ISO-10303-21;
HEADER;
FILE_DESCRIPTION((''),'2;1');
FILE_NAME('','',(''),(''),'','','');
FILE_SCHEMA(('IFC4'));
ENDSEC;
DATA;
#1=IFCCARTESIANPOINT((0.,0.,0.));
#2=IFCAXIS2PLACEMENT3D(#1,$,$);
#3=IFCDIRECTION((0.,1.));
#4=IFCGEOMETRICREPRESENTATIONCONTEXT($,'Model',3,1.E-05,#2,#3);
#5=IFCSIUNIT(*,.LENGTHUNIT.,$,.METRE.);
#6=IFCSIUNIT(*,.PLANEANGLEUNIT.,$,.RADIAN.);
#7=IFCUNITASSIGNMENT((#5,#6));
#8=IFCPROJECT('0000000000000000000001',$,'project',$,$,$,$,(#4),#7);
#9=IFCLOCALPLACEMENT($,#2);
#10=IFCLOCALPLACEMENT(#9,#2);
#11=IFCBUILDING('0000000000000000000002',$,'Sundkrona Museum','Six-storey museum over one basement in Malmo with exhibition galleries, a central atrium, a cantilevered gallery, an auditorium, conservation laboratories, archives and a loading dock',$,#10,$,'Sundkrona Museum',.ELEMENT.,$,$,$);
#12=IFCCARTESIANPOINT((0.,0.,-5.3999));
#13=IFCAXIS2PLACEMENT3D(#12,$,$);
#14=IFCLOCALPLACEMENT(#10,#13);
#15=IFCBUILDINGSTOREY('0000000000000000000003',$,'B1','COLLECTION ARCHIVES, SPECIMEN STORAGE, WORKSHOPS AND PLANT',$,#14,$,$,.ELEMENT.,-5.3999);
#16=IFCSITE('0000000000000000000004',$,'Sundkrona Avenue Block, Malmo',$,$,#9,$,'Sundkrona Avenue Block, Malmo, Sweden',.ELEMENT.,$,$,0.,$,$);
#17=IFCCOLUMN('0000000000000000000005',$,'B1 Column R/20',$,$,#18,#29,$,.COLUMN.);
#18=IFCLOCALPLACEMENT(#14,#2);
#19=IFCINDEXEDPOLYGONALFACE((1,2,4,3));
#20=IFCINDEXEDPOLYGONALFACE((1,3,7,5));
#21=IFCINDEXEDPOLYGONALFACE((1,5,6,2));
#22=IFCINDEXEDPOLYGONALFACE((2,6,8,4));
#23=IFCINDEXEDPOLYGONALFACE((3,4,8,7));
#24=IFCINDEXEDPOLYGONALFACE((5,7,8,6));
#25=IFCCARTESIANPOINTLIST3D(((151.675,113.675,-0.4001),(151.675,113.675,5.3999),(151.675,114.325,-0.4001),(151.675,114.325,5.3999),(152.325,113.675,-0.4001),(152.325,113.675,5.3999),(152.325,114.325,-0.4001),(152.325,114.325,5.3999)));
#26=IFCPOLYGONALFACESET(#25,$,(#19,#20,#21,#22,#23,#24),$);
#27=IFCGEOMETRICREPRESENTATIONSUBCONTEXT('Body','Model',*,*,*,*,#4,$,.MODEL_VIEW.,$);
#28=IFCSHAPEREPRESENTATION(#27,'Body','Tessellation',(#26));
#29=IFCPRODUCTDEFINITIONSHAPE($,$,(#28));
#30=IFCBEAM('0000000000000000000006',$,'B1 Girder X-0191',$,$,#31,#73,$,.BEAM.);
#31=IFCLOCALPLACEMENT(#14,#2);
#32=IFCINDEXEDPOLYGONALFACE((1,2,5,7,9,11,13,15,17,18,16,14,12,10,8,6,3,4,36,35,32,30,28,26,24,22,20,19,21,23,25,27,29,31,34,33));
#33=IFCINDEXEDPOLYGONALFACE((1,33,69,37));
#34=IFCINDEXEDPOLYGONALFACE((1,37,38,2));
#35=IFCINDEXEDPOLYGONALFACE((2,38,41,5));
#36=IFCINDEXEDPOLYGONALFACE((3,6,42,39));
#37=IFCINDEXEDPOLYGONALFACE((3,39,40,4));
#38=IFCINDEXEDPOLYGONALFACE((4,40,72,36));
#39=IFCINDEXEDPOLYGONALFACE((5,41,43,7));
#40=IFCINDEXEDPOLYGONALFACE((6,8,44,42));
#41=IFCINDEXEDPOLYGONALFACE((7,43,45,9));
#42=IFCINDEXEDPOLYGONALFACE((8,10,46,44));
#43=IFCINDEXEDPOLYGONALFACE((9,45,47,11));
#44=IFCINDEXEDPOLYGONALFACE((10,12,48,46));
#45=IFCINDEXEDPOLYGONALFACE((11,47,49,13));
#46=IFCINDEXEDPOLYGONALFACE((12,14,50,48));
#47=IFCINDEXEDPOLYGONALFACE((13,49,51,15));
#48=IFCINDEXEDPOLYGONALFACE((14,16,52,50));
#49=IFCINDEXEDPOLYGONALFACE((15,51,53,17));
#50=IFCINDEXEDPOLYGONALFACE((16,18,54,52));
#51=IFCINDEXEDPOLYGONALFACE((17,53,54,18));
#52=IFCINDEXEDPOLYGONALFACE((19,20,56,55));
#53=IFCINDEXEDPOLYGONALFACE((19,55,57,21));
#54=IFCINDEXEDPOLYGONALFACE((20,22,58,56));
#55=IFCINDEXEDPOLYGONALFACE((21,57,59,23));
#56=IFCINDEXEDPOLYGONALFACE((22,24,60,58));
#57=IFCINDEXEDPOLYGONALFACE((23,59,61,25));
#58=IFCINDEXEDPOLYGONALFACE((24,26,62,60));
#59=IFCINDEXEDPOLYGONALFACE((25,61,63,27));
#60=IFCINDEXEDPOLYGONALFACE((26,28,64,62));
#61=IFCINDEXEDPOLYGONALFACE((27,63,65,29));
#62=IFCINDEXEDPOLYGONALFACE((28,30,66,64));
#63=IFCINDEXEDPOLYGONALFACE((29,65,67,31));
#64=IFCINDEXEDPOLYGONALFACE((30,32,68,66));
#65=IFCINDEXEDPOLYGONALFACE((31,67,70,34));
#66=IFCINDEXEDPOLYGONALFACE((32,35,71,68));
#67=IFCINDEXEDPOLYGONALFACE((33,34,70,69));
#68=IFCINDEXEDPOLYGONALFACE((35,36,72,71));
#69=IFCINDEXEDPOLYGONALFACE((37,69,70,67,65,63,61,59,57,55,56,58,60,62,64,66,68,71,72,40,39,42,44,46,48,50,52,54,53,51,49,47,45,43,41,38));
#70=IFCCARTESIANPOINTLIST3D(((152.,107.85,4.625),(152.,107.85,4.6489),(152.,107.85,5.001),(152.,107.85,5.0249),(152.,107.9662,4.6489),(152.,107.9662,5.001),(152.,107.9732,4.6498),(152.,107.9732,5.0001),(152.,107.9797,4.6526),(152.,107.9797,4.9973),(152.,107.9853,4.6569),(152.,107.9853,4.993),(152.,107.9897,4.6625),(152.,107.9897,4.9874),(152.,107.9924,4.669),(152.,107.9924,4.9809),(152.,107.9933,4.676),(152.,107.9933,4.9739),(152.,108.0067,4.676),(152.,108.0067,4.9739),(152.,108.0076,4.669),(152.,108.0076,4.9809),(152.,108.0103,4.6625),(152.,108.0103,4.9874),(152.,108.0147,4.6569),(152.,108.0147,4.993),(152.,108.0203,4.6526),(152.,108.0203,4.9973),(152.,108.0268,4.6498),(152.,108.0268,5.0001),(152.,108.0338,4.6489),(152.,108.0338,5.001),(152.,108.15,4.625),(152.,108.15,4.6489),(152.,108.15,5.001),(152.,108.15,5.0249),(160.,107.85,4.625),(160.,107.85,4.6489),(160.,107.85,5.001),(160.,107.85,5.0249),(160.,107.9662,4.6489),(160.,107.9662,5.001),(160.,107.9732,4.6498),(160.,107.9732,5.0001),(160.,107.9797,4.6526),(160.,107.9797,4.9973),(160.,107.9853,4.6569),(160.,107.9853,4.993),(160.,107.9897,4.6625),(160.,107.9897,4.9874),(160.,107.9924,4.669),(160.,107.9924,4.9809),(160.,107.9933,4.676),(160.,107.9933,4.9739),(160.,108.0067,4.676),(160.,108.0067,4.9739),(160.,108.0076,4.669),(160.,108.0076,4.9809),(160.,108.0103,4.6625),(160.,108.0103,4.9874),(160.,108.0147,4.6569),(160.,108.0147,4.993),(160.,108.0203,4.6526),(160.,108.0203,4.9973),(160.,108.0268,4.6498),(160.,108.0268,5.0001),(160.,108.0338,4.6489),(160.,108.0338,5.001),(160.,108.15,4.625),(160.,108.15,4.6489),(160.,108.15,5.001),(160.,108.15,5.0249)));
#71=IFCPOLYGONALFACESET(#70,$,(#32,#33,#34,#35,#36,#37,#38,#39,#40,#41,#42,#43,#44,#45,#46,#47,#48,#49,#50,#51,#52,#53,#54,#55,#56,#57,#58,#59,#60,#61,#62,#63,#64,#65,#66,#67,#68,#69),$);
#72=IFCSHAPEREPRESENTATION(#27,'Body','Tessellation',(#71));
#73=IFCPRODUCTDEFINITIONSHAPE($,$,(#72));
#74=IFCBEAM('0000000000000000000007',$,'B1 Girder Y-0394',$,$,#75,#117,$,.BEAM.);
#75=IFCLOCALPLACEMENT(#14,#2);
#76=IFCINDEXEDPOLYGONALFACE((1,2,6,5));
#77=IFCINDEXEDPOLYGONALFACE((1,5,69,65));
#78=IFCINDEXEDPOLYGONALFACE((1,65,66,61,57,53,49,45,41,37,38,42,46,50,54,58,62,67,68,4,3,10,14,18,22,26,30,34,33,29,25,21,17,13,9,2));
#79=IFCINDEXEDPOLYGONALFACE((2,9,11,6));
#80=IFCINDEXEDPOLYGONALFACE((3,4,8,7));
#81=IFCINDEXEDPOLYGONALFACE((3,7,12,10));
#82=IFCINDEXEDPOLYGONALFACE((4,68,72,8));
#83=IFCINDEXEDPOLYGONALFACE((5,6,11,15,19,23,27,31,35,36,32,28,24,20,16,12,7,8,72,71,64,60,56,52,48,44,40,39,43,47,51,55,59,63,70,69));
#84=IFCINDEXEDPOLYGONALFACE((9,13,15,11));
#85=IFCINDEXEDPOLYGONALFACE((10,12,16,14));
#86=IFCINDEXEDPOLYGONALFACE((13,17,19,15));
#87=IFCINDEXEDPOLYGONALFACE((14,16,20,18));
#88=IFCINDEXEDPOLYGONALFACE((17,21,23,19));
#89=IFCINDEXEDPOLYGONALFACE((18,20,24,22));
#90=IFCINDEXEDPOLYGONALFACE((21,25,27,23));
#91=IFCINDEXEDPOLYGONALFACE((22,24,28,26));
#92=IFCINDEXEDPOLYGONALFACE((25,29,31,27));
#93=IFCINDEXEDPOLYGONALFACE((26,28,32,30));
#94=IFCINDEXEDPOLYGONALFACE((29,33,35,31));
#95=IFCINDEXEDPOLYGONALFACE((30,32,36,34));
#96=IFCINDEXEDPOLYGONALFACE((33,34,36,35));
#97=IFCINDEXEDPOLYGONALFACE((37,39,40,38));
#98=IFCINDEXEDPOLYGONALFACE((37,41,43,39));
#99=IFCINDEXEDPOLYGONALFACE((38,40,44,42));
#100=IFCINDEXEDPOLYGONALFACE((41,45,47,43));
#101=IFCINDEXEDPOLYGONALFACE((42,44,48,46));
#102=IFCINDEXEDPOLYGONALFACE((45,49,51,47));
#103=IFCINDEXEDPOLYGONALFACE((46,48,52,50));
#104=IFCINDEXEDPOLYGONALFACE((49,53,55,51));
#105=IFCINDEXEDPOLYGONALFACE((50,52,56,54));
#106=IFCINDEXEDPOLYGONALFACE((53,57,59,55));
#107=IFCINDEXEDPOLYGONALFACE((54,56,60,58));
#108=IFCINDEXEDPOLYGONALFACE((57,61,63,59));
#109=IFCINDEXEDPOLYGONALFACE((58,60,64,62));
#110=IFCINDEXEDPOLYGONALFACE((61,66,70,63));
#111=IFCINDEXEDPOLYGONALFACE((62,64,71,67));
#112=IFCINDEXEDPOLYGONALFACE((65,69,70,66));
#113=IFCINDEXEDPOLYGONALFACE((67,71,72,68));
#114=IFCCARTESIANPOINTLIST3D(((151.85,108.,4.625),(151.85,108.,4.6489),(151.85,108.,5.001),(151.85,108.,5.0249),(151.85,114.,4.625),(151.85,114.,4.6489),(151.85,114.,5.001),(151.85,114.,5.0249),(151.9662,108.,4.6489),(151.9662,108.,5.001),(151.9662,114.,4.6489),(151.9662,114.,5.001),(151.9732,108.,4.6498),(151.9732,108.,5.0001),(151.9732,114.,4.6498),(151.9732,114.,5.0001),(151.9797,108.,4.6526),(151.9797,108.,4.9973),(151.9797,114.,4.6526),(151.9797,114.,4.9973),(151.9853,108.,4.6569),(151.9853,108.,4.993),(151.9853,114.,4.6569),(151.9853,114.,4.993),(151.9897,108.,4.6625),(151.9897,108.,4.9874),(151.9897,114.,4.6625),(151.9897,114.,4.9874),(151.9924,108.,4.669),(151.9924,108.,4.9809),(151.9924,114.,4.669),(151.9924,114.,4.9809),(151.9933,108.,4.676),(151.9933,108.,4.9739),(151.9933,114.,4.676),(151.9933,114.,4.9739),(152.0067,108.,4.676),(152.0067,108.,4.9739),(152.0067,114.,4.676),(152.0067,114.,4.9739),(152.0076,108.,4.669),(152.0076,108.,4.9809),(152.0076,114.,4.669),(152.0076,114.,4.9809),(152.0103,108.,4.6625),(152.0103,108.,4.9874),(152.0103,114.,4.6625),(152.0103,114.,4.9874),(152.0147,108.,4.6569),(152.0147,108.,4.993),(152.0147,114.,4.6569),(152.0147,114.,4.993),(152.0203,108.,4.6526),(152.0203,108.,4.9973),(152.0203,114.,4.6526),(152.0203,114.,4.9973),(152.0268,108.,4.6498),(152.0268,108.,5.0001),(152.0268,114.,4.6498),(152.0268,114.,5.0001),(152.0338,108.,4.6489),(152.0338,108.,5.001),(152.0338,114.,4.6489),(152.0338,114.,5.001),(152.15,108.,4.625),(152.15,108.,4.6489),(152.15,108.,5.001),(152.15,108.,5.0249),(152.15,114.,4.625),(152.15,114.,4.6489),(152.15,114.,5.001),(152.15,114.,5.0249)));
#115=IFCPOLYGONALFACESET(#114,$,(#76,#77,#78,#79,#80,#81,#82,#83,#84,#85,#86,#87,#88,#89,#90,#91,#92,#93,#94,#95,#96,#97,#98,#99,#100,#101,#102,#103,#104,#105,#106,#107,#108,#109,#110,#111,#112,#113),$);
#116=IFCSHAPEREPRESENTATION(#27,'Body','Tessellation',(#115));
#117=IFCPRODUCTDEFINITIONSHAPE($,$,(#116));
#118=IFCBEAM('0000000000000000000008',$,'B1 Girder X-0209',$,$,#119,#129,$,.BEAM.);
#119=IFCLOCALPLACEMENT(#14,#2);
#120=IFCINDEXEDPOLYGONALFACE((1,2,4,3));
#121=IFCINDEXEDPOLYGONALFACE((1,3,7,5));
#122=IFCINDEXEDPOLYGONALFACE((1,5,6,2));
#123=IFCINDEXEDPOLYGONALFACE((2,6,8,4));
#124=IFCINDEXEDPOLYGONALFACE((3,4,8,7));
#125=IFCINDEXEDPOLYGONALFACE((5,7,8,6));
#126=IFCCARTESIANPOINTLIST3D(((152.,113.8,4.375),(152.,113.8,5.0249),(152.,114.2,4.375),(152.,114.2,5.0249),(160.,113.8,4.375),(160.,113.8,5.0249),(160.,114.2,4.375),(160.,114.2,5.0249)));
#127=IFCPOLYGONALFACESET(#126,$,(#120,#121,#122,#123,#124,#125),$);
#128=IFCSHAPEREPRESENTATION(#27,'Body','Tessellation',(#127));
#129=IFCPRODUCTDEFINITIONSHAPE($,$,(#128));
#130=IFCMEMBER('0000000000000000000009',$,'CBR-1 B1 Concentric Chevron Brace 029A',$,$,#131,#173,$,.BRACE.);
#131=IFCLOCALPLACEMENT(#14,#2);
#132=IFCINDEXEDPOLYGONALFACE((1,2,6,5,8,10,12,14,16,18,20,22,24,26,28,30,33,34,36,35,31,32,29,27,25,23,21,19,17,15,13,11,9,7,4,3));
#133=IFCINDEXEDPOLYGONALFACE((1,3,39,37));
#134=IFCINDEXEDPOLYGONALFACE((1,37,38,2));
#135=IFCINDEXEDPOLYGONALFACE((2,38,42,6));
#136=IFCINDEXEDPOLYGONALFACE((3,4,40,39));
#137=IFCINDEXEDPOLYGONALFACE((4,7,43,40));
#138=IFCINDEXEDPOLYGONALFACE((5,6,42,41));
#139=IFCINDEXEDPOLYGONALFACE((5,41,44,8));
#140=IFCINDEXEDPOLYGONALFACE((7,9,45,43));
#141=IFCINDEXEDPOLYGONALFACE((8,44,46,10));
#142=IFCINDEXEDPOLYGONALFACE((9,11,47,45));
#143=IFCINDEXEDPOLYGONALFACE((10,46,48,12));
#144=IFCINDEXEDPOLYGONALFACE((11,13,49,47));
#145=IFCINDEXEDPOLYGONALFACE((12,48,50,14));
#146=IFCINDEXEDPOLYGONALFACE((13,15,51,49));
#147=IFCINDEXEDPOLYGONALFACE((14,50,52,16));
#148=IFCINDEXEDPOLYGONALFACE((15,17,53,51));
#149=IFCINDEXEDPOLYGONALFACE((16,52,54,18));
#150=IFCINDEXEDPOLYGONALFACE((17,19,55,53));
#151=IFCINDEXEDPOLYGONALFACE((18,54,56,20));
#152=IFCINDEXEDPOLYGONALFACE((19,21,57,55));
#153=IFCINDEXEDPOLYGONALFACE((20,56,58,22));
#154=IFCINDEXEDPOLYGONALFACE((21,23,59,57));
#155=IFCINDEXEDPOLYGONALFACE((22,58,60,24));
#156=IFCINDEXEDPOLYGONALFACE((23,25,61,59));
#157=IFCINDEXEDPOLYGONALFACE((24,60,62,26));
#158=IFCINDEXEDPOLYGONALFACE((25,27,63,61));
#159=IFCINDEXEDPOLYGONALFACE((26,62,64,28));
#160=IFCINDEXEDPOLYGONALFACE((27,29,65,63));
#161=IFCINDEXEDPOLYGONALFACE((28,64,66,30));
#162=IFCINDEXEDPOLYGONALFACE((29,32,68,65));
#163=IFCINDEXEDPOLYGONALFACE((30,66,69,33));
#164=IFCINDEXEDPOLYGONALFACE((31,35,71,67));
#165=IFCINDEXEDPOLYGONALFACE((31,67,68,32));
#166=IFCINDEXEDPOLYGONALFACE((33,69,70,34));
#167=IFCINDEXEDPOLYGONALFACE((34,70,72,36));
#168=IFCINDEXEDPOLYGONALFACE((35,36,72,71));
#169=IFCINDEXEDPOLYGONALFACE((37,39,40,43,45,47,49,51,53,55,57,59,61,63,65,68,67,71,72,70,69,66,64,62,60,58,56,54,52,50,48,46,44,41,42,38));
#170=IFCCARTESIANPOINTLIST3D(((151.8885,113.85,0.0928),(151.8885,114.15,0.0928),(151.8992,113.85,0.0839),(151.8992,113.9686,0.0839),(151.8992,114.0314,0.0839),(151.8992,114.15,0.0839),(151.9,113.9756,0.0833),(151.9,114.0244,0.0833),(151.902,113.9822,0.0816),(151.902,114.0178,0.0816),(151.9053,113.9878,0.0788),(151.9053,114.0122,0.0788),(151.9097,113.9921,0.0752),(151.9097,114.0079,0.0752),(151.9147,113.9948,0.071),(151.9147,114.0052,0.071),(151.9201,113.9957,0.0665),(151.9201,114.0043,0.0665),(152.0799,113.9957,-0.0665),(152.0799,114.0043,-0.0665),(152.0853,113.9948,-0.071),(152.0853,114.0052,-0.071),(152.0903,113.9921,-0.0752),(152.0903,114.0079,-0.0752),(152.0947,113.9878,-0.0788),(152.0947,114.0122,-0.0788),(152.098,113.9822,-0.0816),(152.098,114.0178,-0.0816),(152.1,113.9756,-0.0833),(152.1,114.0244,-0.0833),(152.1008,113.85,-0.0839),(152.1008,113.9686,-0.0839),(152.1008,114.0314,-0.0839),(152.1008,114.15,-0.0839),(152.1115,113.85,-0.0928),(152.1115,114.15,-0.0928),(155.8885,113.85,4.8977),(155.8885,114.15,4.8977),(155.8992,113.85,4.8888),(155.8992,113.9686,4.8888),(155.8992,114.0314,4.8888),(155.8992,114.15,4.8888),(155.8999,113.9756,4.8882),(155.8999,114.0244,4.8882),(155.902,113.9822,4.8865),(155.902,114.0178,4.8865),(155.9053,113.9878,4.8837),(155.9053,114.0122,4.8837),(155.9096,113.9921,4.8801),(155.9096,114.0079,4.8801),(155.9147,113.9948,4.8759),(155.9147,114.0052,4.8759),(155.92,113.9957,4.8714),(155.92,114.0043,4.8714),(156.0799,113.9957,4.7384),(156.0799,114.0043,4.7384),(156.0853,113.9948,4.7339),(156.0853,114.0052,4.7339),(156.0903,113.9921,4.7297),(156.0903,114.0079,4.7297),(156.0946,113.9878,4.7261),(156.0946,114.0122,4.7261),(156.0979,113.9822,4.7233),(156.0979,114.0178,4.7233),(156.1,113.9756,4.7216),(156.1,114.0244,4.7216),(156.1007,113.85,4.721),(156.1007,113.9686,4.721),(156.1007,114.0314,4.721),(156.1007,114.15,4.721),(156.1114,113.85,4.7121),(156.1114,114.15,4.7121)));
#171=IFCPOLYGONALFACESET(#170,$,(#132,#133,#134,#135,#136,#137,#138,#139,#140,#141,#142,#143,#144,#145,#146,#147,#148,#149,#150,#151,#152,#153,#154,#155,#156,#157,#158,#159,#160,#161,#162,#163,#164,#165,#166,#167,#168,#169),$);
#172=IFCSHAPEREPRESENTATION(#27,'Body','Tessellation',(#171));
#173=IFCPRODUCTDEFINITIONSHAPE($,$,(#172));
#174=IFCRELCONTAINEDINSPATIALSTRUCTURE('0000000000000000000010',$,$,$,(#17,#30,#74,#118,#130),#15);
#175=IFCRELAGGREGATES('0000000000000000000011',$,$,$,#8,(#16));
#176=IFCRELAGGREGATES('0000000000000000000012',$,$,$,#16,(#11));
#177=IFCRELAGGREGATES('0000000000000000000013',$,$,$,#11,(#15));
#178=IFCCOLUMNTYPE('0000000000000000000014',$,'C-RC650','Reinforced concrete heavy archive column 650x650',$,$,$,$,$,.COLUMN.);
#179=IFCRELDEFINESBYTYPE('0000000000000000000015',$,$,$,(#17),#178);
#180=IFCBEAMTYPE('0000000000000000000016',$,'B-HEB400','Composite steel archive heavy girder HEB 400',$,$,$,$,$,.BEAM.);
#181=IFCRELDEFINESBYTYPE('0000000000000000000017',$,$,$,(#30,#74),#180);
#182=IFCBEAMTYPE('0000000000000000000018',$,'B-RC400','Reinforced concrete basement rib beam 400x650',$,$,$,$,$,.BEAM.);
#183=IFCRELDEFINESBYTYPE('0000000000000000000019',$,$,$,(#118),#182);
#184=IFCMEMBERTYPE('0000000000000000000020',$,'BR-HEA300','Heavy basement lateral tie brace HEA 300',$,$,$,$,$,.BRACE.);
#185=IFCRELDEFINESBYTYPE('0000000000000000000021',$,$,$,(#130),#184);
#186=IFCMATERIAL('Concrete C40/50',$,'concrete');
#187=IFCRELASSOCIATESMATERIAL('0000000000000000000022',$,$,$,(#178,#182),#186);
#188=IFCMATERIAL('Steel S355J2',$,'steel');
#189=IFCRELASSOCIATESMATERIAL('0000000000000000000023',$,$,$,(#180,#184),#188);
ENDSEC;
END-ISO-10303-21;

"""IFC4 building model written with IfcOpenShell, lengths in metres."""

from ifc_helpers import new_model, si_unit, direction, frame, origin, origin_2d, place, context, subcontext, project, spatial, rectangle, i_section, extrude, material, material_profile, profile_set, type_object, element, save


model = new_model("IFC4")

# Units and contexts
model_context = context("Model", 3, precision=1e-05, world=origin(), true_north=direction((0.0, 1.0)))
body_context = subcontext(model_context, "Body", "Model", "MODEL_VIEW")
ifc_project = project(units=[si_unit("LENGTHUNIT", "METRE"), si_unit("PLANEANGLEUNIT", "RADIAN")], contexts=[model_context])

# Site, building, storey
site_placement = place(None, origin())
site = spatial("IfcSite", under=ifc_project, at=site_placement, Name="Sundkrona Avenue Block, Malmo", LongName="Sundkrona Avenue Block, Malmo, Sweden", CompositionType="ELEMENT", RefElevation=0.0)
building_placement = place(site_placement, origin())
building = spatial("IfcBuilding", under=site, at=building_placement, Name="Sundkrona Museum", Description="Six-storey museum over one basement in Malmo with exhibition galleries, a central atrium, a cantilevered gallery, an auditorium, conservation laboratories, archives and a loading dock", LongName="Sundkrona Museum", CompositionType="ELEMENT")
storey_placement = place(building_placement, frame((0.0, 0.0, -5.3999)))
storey = spatial("IfcBuildingStorey", under=building, at=storey_placement, Name="B1", Description="COLLECTION ARCHIVES, SPECIMEN STORAGE, WORKSHOPS AND PLANT", CompositionType="ELEMENT", Elevation=-5.3999)

# Shared definitions
ifc_material_1 = material(Name="Concrete C40/50", Category="concrete")

# Column
ifc_material_profile_1 = material_profile(ifc_material_1, rectangle(XDim=0.6499, YDim=0.6499, at=origin_2d()), Name="RC 650x650")
ifc_profile_set_1 = profile_set([ifc_material_profile_1], Name="Concrete C40/50")
column_type = type_object("IfcColumnType", Name="C-RC650", Description="Reinforced concrete heavy archive column 650x650", PredefinedType="COLUMN", material=ifc_profile_set_1)
for number, where, z_axis, x_axis, name in (
    (1, (152.0, 114.0, -0.4001), (0.0, 0.0, 1.0), (1.0, 0.0, 0.0), "B1 Column R/20"),
):
    element("IfcColumn", number, at=place(storey_placement, frame(where, z_axis=z_axis, x_axis=x_axis)), inside=storey, type_object=column_type, Name=name, PredefinedType="COLUMN", context=body_context, shape_type="SweptSolid", body=[
        extrude(rectangle(XDim=0.6499, YDim=0.6499, at=origin_2d()), origin(), (0.0, 0.0, 1.0), 5.8),
    ])

# Beams
ifc_material_2 = material(Name="Steel S355J2", Category="steel")
ifc_material_profile_2 = material_profile(ifc_material_2, i_section(OverallWidth=0.3, OverallDepth=0.3999, WebThickness=0.0134, FlangeThickness=0.0239, FilletRadius=0.0271, at=origin_2d()), Name="HEB 400")
ifc_profile_set_2 = profile_set([ifc_material_profile_2], Name="Steel S355J2")
beam_type_1 = type_object("IfcBeamType", Name="B-HEB400", Description="Composite steel archive heavy girder HEB 400", PredefinedType="BEAM", material=ifc_profile_set_2)
beam_1_placement = place(storey_placement, frame((152.0, 108.0, 4.825), z_axis=(1.0, 0.0, 0.0), x_axis=(0.0, 1.0, 0.0)))
element("IfcBeam", 2, at=beam_1_placement, inside=storey, type_object=beam_type_1, Name="B1 Girder X-0191", PredefinedType="BEAM", context=body_context, shape_type="SweptSolid", body=[
    extrude(i_section(OverallWidth=0.3, OverallDepth=0.3999, WebThickness=0.0134, FlangeThickness=0.0239, FilletRadius=0.0271, at=origin_2d()), origin(), (0.0, 0.0, 1.0), 8.0),
])
beam_2_placement = place(storey_placement, frame((152.0, 108.0, 4.825), z_axis=(0.0, 1.0, 0.0), x_axis=(-1.0, 0.0, 0.0)))
element("IfcBeam", 3, at=beam_2_placement, inside=storey, type_object=beam_type_1, Name="B1 Girder Y-0394", PredefinedType="BEAM", context=body_context, shape_type="SweptSolid", body=[
    extrude(i_section(OverallWidth=0.3, OverallDepth=0.3999, WebThickness=0.0134, FlangeThickness=0.0239, FilletRadius=0.0271, at=origin_2d()), origin(), (0.0, 0.0, 1.0), 6.0),
])
ifc_material_profile_3 = material_profile(ifc_material_1, rectangle(XDim=0.3999, YDim=0.6499, at=origin_2d()), Name="RCB 400x650")
ifc_profile_set_3 = profile_set([ifc_material_profile_3], Name="Concrete C40/50")
beam_type_2 = type_object("IfcBeamType", Name="B-RC400", Description="Reinforced concrete basement rib beam 400x650", PredefinedType="BEAM", material=ifc_profile_set_3)
beam_3_placement = place(storey_placement, frame((152.0, 114.0, 4.7), z_axis=(1.0, 0.0, 0.0), x_axis=(0.0, 1.0, 0.0)))
element("IfcBeam", 4, at=beam_3_placement, inside=storey, type_object=beam_type_2, Name="B1 Girder X-0209", PredefinedType="BEAM", context=body_context, shape_type="SweptSolid", body=[
    extrude(rectangle(XDim=0.3999, YDim=0.6499, at=origin_2d()), origin(), (0.0, 0.0, 1.0), 8.0),
])

# Member
ifc_material_profile_4 = material_profile(ifc_material_2, i_section(OverallWidth=0.3, OverallDepth=0.29, WebThickness=0.0085, FlangeThickness=0.0139, FilletRadius=0.0271, at=origin_2d()), Name="HEA 300")
ifc_profile_set_4 = profile_set([ifc_material_profile_4], Name="Steel S355J2")
member_type = type_object("IfcMemberType", Name="BR-HEA300", Description="Heavy basement lateral tie brace HEA 300", PredefinedType="BRACE", material=ifc_profile_set_4)
member_placement = place(storey_placement, frame((152.0, 114.0, 0.0), z_axis=(0.639796, 0.0, 0.768544), x_axis=(0.0, 1.0, 0.0)))
element("IfcMember", 5, at=member_placement, inside=storey, type_object=member_type, Name="CBR-1 B1 Concentric Chevron Brace 029A", PredefinedType="BRACE", context=body_context, shape_type="SweptSolid", body=[
    extrude(i_section(OverallWidth=0.3, OverallDepth=0.29, WebThickness=0.0085, FlangeThickness=0.0139, FilletRadius=0.0271, at=origin_2d()), origin(), (0.0, 0.0, 1.0), 6.252),
])

save(model, "model.ifc")
